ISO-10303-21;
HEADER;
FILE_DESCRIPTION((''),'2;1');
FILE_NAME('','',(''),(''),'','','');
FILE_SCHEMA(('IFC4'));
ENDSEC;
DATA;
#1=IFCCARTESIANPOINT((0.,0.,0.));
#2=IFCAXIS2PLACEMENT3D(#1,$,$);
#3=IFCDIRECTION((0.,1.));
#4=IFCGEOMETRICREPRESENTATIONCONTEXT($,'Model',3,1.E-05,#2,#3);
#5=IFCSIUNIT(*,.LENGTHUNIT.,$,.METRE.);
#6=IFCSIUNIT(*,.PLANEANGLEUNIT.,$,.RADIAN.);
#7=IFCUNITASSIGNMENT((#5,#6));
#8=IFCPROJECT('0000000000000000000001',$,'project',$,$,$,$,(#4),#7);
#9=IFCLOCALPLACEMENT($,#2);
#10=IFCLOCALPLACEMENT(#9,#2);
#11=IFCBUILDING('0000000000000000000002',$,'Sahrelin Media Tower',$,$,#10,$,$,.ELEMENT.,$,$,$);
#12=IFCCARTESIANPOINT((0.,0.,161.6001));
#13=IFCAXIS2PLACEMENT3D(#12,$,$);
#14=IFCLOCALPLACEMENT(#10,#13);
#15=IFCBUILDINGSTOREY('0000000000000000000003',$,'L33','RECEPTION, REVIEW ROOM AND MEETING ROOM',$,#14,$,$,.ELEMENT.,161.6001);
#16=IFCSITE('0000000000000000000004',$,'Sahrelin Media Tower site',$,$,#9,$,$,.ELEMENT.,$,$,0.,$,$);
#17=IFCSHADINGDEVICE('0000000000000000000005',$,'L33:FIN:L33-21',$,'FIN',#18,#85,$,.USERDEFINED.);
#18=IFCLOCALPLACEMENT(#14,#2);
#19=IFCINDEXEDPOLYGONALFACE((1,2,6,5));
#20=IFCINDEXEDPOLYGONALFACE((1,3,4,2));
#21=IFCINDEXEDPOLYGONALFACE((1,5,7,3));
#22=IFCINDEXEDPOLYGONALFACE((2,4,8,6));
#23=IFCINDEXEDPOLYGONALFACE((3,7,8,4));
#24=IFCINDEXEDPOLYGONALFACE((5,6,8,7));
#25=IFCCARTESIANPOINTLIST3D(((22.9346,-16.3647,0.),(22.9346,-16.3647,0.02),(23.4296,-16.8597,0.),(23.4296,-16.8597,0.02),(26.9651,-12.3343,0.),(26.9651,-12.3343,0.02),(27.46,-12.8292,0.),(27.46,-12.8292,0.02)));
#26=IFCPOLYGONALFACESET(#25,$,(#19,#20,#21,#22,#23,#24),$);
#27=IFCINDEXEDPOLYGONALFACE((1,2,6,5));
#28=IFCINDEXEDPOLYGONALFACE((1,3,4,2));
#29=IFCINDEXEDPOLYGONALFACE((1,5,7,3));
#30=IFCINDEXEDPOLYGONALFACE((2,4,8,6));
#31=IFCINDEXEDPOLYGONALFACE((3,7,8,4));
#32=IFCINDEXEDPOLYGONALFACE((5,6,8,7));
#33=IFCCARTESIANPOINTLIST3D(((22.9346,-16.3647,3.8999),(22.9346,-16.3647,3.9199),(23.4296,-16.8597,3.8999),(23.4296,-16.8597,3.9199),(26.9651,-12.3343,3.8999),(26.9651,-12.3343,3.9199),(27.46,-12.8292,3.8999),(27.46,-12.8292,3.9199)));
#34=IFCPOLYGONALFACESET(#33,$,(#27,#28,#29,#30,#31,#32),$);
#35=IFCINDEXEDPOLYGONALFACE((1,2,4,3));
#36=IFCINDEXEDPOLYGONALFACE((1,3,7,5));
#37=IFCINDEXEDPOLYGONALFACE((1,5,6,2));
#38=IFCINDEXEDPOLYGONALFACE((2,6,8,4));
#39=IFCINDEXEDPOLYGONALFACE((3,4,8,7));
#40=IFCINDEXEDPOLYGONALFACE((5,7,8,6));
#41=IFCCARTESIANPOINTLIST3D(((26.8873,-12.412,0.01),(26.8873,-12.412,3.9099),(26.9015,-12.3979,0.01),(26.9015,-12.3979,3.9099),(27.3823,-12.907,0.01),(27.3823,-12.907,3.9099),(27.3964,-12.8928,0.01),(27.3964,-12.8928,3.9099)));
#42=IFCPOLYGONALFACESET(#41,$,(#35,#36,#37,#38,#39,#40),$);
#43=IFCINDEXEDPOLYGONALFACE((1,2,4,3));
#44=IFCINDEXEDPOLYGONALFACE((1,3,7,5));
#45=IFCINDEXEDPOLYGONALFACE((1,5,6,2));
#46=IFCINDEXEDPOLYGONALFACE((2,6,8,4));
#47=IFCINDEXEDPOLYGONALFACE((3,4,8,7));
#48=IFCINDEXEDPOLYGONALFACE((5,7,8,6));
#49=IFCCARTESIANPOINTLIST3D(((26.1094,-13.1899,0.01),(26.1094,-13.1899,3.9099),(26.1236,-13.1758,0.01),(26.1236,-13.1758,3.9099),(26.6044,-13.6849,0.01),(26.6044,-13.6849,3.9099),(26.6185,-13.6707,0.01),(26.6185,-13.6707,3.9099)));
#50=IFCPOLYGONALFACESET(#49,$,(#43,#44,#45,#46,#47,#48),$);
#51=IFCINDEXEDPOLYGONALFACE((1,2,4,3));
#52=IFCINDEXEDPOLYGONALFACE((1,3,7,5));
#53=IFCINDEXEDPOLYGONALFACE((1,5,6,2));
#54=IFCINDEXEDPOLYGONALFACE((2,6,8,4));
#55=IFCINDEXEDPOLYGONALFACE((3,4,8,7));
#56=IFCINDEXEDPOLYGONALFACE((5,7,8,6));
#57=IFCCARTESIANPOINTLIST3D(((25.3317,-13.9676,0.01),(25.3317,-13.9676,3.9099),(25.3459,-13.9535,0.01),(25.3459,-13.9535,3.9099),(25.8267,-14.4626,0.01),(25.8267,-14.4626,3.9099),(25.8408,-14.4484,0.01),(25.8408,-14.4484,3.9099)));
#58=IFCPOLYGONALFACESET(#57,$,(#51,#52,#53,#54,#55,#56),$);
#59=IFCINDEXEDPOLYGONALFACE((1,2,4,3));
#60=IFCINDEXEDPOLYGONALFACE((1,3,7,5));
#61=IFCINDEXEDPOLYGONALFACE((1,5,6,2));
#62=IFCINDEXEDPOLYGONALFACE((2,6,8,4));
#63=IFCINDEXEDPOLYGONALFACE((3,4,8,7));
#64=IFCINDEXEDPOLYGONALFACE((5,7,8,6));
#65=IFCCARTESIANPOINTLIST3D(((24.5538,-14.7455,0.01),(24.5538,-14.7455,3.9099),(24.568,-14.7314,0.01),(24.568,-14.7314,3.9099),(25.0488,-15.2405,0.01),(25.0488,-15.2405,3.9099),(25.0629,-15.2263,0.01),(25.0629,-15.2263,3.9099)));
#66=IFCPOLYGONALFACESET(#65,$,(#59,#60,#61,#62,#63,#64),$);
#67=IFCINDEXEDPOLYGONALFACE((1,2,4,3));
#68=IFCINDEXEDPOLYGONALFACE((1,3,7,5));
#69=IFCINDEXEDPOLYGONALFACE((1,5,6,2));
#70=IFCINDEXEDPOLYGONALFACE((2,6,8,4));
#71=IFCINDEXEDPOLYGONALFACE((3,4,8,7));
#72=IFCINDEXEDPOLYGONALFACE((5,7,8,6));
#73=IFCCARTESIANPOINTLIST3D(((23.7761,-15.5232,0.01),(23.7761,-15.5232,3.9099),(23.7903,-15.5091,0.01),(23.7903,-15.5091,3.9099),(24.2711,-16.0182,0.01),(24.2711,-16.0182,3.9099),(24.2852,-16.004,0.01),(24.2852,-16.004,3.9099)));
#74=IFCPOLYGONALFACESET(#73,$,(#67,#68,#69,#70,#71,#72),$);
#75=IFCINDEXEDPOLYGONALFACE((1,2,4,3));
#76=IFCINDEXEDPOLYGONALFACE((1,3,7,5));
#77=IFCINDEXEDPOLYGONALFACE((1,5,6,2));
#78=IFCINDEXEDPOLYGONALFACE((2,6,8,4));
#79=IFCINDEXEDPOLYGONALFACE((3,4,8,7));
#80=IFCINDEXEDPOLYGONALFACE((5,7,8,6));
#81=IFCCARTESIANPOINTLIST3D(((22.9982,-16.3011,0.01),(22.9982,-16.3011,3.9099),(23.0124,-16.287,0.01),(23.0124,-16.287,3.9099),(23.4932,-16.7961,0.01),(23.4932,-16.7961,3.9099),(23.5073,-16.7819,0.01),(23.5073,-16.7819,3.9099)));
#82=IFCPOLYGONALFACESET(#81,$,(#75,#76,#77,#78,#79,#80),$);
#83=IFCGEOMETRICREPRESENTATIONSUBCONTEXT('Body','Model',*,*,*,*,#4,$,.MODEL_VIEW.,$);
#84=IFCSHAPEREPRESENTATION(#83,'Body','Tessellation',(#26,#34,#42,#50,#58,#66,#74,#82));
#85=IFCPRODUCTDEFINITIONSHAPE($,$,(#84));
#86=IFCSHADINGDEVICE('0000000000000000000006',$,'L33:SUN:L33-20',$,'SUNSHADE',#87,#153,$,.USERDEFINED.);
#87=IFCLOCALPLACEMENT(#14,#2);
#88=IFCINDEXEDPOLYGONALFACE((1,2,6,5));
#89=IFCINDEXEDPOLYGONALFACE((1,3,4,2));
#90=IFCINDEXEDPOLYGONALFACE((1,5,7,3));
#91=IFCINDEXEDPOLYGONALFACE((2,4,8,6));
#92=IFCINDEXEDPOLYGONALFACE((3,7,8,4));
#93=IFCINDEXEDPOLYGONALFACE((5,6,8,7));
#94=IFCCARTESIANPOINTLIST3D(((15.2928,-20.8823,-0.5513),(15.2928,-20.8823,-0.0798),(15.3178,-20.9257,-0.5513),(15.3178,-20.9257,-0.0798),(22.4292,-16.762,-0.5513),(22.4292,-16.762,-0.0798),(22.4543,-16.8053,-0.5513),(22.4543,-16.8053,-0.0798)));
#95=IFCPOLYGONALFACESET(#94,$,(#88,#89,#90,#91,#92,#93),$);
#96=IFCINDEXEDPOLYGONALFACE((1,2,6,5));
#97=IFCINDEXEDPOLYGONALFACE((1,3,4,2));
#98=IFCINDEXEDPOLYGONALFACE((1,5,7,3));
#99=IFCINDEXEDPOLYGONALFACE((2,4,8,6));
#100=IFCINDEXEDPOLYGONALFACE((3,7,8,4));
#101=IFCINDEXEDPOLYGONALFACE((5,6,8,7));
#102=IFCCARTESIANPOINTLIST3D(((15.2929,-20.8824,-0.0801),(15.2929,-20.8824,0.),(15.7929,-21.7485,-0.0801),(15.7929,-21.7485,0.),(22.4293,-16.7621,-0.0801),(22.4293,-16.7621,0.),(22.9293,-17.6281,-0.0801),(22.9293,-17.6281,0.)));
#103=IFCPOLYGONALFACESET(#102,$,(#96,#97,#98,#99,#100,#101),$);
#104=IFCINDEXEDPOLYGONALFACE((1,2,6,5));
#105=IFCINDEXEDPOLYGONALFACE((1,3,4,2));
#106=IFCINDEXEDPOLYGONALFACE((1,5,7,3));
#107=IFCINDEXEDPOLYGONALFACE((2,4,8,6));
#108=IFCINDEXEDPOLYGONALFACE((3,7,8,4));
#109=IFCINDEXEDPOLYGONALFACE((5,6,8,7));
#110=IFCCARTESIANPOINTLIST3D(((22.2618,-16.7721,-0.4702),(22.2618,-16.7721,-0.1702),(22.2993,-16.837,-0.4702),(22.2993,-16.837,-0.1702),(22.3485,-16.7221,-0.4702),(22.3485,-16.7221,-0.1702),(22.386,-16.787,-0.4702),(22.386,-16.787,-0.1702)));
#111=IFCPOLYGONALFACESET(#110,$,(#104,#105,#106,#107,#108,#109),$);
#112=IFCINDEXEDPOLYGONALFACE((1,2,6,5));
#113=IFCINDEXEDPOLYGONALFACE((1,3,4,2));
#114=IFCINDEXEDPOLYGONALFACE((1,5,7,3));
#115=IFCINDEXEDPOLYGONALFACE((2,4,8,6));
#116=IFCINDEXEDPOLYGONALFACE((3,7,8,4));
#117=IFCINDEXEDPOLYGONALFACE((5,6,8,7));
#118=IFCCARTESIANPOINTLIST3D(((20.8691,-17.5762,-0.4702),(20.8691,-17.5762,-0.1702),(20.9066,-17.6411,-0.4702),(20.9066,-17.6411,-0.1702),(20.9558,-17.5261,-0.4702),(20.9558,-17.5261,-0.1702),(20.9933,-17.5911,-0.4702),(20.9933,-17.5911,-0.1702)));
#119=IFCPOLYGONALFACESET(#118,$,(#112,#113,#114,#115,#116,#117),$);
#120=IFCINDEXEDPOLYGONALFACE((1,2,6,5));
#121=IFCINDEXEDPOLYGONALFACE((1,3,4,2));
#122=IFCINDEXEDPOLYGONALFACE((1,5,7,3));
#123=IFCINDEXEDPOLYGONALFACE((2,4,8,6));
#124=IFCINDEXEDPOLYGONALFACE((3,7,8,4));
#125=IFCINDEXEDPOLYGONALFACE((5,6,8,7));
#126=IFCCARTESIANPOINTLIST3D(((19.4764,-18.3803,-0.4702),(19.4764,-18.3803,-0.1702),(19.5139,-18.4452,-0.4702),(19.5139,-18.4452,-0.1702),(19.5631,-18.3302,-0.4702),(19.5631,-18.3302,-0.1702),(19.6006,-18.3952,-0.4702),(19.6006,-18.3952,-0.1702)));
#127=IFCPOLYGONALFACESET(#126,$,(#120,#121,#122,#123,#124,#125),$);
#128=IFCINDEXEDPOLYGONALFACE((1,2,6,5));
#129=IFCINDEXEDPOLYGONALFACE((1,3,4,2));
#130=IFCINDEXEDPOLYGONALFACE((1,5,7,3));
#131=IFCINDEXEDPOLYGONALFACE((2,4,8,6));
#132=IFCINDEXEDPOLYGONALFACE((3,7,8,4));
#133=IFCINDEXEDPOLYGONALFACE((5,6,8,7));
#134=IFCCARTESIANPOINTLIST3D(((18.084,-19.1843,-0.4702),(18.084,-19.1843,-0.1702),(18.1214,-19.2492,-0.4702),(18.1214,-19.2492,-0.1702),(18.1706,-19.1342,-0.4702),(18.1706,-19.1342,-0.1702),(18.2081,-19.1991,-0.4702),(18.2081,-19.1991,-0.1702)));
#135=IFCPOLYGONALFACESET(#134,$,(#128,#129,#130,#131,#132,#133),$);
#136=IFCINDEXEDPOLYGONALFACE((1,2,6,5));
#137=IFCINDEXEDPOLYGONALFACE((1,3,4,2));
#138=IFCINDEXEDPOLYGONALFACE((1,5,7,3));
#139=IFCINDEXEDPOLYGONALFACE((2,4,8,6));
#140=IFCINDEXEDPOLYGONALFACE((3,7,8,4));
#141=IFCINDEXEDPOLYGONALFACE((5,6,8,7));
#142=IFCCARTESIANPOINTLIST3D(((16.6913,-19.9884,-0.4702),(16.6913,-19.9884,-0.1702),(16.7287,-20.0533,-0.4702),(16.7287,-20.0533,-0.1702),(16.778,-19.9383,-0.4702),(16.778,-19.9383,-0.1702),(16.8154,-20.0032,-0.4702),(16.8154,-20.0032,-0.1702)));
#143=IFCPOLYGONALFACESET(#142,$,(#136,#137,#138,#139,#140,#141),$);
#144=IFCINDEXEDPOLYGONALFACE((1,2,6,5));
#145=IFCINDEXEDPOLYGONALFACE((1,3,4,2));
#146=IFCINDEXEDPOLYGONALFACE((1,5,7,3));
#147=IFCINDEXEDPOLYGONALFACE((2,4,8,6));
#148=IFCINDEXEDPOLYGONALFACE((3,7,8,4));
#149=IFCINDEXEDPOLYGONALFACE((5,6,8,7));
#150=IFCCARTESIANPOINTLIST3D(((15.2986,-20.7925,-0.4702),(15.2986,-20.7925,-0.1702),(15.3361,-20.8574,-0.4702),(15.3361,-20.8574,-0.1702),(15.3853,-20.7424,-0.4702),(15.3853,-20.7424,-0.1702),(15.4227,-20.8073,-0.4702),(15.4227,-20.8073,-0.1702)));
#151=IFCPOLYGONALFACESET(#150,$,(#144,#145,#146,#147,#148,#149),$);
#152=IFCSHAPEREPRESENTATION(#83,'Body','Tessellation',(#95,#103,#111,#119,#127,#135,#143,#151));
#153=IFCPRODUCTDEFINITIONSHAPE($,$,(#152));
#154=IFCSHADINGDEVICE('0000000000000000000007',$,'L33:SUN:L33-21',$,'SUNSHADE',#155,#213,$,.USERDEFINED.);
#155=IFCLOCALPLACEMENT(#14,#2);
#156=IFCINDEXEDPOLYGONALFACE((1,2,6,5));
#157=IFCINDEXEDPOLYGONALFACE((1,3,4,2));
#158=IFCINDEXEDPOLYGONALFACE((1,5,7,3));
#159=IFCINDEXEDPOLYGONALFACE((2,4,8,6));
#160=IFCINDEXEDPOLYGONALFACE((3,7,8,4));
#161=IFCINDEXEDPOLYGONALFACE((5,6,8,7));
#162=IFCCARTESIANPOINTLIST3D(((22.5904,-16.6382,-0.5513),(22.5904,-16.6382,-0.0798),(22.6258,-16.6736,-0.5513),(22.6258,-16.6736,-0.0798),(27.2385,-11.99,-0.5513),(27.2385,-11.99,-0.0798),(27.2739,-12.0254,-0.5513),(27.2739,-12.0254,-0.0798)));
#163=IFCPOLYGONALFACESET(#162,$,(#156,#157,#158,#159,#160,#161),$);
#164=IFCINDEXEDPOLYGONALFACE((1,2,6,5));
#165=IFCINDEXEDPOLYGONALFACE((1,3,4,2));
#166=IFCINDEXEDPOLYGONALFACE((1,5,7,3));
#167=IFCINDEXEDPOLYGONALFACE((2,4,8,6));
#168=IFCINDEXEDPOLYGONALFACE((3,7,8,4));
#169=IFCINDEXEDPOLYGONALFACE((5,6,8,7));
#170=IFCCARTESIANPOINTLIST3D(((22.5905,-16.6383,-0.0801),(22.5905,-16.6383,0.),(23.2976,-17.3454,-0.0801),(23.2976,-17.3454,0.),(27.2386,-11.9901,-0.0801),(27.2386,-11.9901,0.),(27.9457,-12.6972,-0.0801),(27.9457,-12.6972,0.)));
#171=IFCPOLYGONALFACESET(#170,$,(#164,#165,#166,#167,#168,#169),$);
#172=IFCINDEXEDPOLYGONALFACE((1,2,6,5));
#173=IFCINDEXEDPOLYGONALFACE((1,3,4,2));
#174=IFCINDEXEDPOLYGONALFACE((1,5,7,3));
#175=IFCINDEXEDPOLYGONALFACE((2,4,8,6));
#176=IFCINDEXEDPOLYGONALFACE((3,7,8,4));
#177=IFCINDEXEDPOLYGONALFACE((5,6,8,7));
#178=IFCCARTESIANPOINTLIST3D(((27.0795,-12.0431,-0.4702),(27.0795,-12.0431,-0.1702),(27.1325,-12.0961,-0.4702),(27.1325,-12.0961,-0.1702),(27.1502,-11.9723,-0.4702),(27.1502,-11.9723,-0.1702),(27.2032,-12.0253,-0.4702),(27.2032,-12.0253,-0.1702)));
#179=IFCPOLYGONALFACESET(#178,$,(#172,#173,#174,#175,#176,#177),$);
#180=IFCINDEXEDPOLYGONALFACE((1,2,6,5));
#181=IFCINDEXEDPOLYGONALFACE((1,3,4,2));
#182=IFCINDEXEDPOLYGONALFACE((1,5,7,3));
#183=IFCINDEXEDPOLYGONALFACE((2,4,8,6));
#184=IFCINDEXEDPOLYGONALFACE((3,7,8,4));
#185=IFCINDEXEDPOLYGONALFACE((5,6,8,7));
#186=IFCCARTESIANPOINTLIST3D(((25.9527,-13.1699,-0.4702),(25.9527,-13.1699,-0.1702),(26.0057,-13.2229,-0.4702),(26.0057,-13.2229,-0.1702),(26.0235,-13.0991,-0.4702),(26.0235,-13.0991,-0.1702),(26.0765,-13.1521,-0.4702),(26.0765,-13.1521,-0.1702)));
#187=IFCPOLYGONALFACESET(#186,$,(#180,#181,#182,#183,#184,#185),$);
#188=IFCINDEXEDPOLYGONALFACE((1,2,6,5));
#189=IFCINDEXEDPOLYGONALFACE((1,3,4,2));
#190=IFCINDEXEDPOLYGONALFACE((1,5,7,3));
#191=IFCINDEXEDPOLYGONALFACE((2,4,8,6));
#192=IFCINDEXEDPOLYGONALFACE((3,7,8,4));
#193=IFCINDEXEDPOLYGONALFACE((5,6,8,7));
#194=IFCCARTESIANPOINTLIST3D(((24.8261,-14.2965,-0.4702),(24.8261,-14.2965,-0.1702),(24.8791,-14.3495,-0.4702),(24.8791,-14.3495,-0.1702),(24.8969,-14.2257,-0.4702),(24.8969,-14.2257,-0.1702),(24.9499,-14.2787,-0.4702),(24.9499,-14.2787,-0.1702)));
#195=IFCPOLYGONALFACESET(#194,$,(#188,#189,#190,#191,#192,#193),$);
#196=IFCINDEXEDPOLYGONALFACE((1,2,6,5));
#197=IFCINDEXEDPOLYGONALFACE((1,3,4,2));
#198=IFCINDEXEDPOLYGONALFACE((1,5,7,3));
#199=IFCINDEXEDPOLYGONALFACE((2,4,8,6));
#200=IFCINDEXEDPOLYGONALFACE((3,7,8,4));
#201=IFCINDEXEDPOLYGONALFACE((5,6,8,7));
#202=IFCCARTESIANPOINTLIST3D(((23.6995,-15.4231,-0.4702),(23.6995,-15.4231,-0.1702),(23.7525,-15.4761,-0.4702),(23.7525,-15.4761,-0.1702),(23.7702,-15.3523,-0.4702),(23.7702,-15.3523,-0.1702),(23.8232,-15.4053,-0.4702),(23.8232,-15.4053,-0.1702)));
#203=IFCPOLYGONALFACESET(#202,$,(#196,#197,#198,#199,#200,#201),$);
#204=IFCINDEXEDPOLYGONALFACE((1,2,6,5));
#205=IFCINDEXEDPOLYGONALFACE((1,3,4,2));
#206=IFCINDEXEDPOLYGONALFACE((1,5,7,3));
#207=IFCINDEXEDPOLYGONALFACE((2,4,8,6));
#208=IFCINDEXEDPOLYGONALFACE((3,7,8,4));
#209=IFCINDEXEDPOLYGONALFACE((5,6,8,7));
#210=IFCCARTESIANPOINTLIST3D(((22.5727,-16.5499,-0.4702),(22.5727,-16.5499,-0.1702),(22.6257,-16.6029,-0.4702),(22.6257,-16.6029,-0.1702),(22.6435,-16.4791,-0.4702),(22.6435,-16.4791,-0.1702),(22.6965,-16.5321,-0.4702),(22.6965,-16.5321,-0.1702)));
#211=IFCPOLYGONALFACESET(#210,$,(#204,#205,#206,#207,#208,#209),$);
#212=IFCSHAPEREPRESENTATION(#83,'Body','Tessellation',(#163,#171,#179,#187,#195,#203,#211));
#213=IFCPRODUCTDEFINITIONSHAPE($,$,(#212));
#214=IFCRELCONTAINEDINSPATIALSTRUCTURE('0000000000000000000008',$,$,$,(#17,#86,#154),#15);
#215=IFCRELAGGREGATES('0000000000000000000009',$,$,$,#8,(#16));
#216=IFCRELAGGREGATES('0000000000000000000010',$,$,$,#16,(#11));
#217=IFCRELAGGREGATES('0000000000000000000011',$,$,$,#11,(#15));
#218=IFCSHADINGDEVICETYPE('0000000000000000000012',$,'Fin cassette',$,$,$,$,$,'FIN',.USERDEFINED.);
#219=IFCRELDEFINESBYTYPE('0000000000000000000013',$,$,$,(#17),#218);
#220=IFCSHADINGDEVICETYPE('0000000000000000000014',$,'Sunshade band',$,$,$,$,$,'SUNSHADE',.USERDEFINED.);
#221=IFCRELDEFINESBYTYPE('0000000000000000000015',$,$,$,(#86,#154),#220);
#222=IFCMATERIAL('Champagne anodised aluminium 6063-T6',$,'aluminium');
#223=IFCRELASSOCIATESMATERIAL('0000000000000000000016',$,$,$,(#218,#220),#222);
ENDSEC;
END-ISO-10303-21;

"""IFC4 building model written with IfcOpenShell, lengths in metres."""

from ifc_helpers import new_model, si_unit, direction, frame, origin, origin_2d, place, context, subcontext, project, spatial, rectangle, extrude, material, type_object, element, save


model = new_model("IFC4")

# Units and contexts
model_context = context("Model", 3, precision=1e-05, world=origin(), true_north=direction((0.0, 1.0)))
body_context = subcontext(model_context, "Body", "Model", "MODEL_VIEW")
ifc_project = project(units=[si_unit("LENGTHUNIT", "METRE"), si_unit("PLANEANGLEUNIT", "RADIAN")], contexts=[model_context])

# Site, building, storey
site_placement = place(None, origin())
site = spatial("IfcSite", under=ifc_project, at=site_placement, Name="Sahrelin Media Tower site", CompositionType="ELEMENT", RefElevation=0.0)
building_placement = place(site_placement, origin())
building = spatial("IfcBuilding", under=site, at=building_placement, Name="Sahrelin Media Tower", CompositionType="ELEMENT")
storey_placement = place(building_placement, frame((0.0, 0.0, 161.6001)))
storey = spatial("IfcBuildingStorey", under=building, at=storey_placement, Name="L33", Description="RECEPTION, REVIEW ROOM AND MEETING ROOM", CompositionType="ELEMENT", Elevation=161.6001)

# Shared definitions
ifc_material_1 = material(Name="Champagne anodised aluminium 6063-T6", Category="aluminium")

# Shading devices
shading_device_type_1 = type_object("IfcShadingDeviceType", Name="Fin cassette", ElementType="FIN", PredefinedType="USERDEFINED", material=ifc_material_1)
placement_1 = place(storey_placement, frame((18.8511, -18.8049, 0.0), z_axis=(0.0, 0.0, 1.0), x_axis=(-0.866019, -0.500011, 0.0)))
placement_2 = place(storey_placement, frame((24.9004, -14.3, 0.0), z_axis=(0.0, 0.0, 1.0), x_axis=(-0.707107, -0.707107, 0.0)))
element("IfcShadingDevice", 1, at=placement_2, inside=storey, type_object=shading_device_type_1, Name="L33:FIN:L33-21", ObjectType="FIN", PredefinedType="USERDEFINED", context=body_context, shape_type="SweptSolid", body=[
    extrude(rectangle(XDim=5.7, YDim=0.7, at=origin_2d()), frame((0.0, 0.4199, 0.0)), (0.0, 0.0, 1.0), 0.02),
    extrude(rectangle(XDim=5.7, YDim=0.7, at=origin_2d()), frame((0.0, 0.4199, 3.8999)), (0.0, 0.0, 1.0), 0.02),
    extrude(rectangle(XDim=0.02, YDim=0.7, at=origin_2d()), frame((-2.75, 0.4199, 0.01), z_axis=(0.0, 0.0, 1.0), x_axis=(1.0, 0.0, 0.0)), (0.0, 0.0, 1.0), 3.8999),
    extrude(rectangle(XDim=0.02, YDim=0.7, at=origin_2d()), frame((-1.6499, 0.4199, 0.01), z_axis=(0.0, 0.0, 1.0), x_axis=(1.0, 0.0, 0.0)), (0.0, 0.0, 1.0), 3.8999),
    extrude(rectangle(XDim=0.02, YDim=0.7, at=origin_2d()), frame((-0.55, 0.4199, 0.01), z_axis=(0.0, 0.0, 1.0), x_axis=(1.0, 0.0, 0.0)), (0.0, 0.0, 1.0), 3.8999),
    extrude(rectangle(XDim=0.02, YDim=0.7, at=origin_2d()), frame((0.55, 0.4199, 0.01), z_axis=(0.0, 0.0, 1.0), x_axis=(1.0, 0.0, 0.0)), (0.0, 0.0, 1.0), 3.8999),
    extrude(rectangle(XDim=0.02, YDim=0.7, at=origin_2d()), frame((1.6499, 0.4199, 0.01), z_axis=(0.0, 0.0, 1.0), x_axis=(1.0, 0.0, 0.0)), (0.0, 0.0, 1.0), 3.8999),
    extrude(rectangle(XDim=0.02, YDim=0.7, at=origin_2d()), frame((2.75, 0.4199, 0.01), z_axis=(0.0, 0.0, 1.0), x_axis=(1.0, 0.0, 0.0)), (0.0, 0.0, 1.0), 3.8999),
])
shading_device_type_2 = type_object("IfcShadingDeviceType", Name="Sunshade band", ElementType="SUNSHADE", PredefinedType="USERDEFINED", material=ifc_material_1)
element("IfcShadingDevice", 2, at=placement_1, inside=storey, type_object=shading_device_type_2, Name="L33:SUN:L33-20", ObjectType="SUNSHADE", PredefinedType="USERDEFINED", context=body_context, shape_type="SweptSolid", body=[
    extrude(rectangle(XDim=8.2405, YDim=0.05, at=origin_2d()), frame((0.0, 0.0449, -0.5513)), (0.0, 0.0, 1.0), 0.4714),
    extrude(rectangle(XDim=8.2405, YDim=1.0, at=origin_2d()), frame((0.0, 0.52, -0.0801)), (0.0, 0.0, 1.0), 0.0801),
    extrude(rectangle(XDim=0.1001, YDim=0.075, at=origin_2d()), frame((-4.0203, -0.0176, -0.4702)), (0.0, 0.0, 1.0), 0.3),
    extrude(rectangle(XDim=0.1001, YDim=0.075, at=origin_2d()), frame((-2.4121, -0.0176, -0.4702)), (0.0, 0.0, 1.0), 0.3),
    extrude(rectangle(XDim=0.1001, YDim=0.075, at=origin_2d()), frame((-0.804, -0.0176, -0.4702)), (0.0, 0.0, 1.0), 0.3),
    extrude(rectangle(XDim=0.1001, YDim=0.075, at=origin_2d()), frame((0.804, -0.0176, -0.4702)), (0.0, 0.0, 1.0), 0.3),
    extrude(rectangle(XDim=0.1001, YDim=0.075, at=origin_2d()), frame((2.4121, -0.0176, -0.4702)), (0.0, 0.0, 1.0), 0.3),
    extrude(rectangle(XDim=0.1001, YDim=0.075, at=origin_2d()), frame((4.0203, -0.0176, -0.4702)), (0.0, 0.0, 1.0), 0.3),
])
element("IfcShadingDevice", 3, at=placement_2, inside=storey, type_object=shading_device_type_2, Name="L33:SUN:L33-21", ObjectType="SUNSHADE", PredefinedType="USERDEFINED", context=body_context, shape_type="SweptSolid", body=[
    extrude(rectangle(XDim=6.5735, YDim=0.05, at=origin_2d()), frame((0.0, 0.0449, -0.5513)), (0.0, 0.0, 1.0), 0.4714),
    extrude(rectangle(XDim=6.5735, YDim=1.0, at=origin_2d()), frame((0.0, 0.52, -0.0801)), (0.0, 0.0, 1.0), 0.0801),
    extrude(rectangle(XDim=0.1001, YDim=0.075, at=origin_2d()), frame((-3.1868, -0.0176, -0.4702)), (0.0, 0.0, 1.0), 0.3),
    extrude(rectangle(XDim=0.1001, YDim=0.075, at=origin_2d()), frame((-1.5933, -0.0176, -0.4702)), (0.0, 0.0, 1.0), 0.3),
    extrude(rectangle(XDim=0.1001, YDim=0.075, at=origin_2d()), frame((0.0, -0.0176, -0.4702)), (0.0, 0.0, 1.0), 0.3),
    extrude(rectangle(XDim=0.1001, YDim=0.075, at=origin_2d()), frame((1.5933, -0.0176, -0.4702)), (0.0, 0.0, 1.0), 0.3),
    extrude(rectangle(XDim=0.1001, YDim=0.075, at=origin_2d()), frame((3.1868, -0.0176, -0.4702)), (0.0, 0.0, 1.0), 0.3),
])

save(model, "model.ifc")
